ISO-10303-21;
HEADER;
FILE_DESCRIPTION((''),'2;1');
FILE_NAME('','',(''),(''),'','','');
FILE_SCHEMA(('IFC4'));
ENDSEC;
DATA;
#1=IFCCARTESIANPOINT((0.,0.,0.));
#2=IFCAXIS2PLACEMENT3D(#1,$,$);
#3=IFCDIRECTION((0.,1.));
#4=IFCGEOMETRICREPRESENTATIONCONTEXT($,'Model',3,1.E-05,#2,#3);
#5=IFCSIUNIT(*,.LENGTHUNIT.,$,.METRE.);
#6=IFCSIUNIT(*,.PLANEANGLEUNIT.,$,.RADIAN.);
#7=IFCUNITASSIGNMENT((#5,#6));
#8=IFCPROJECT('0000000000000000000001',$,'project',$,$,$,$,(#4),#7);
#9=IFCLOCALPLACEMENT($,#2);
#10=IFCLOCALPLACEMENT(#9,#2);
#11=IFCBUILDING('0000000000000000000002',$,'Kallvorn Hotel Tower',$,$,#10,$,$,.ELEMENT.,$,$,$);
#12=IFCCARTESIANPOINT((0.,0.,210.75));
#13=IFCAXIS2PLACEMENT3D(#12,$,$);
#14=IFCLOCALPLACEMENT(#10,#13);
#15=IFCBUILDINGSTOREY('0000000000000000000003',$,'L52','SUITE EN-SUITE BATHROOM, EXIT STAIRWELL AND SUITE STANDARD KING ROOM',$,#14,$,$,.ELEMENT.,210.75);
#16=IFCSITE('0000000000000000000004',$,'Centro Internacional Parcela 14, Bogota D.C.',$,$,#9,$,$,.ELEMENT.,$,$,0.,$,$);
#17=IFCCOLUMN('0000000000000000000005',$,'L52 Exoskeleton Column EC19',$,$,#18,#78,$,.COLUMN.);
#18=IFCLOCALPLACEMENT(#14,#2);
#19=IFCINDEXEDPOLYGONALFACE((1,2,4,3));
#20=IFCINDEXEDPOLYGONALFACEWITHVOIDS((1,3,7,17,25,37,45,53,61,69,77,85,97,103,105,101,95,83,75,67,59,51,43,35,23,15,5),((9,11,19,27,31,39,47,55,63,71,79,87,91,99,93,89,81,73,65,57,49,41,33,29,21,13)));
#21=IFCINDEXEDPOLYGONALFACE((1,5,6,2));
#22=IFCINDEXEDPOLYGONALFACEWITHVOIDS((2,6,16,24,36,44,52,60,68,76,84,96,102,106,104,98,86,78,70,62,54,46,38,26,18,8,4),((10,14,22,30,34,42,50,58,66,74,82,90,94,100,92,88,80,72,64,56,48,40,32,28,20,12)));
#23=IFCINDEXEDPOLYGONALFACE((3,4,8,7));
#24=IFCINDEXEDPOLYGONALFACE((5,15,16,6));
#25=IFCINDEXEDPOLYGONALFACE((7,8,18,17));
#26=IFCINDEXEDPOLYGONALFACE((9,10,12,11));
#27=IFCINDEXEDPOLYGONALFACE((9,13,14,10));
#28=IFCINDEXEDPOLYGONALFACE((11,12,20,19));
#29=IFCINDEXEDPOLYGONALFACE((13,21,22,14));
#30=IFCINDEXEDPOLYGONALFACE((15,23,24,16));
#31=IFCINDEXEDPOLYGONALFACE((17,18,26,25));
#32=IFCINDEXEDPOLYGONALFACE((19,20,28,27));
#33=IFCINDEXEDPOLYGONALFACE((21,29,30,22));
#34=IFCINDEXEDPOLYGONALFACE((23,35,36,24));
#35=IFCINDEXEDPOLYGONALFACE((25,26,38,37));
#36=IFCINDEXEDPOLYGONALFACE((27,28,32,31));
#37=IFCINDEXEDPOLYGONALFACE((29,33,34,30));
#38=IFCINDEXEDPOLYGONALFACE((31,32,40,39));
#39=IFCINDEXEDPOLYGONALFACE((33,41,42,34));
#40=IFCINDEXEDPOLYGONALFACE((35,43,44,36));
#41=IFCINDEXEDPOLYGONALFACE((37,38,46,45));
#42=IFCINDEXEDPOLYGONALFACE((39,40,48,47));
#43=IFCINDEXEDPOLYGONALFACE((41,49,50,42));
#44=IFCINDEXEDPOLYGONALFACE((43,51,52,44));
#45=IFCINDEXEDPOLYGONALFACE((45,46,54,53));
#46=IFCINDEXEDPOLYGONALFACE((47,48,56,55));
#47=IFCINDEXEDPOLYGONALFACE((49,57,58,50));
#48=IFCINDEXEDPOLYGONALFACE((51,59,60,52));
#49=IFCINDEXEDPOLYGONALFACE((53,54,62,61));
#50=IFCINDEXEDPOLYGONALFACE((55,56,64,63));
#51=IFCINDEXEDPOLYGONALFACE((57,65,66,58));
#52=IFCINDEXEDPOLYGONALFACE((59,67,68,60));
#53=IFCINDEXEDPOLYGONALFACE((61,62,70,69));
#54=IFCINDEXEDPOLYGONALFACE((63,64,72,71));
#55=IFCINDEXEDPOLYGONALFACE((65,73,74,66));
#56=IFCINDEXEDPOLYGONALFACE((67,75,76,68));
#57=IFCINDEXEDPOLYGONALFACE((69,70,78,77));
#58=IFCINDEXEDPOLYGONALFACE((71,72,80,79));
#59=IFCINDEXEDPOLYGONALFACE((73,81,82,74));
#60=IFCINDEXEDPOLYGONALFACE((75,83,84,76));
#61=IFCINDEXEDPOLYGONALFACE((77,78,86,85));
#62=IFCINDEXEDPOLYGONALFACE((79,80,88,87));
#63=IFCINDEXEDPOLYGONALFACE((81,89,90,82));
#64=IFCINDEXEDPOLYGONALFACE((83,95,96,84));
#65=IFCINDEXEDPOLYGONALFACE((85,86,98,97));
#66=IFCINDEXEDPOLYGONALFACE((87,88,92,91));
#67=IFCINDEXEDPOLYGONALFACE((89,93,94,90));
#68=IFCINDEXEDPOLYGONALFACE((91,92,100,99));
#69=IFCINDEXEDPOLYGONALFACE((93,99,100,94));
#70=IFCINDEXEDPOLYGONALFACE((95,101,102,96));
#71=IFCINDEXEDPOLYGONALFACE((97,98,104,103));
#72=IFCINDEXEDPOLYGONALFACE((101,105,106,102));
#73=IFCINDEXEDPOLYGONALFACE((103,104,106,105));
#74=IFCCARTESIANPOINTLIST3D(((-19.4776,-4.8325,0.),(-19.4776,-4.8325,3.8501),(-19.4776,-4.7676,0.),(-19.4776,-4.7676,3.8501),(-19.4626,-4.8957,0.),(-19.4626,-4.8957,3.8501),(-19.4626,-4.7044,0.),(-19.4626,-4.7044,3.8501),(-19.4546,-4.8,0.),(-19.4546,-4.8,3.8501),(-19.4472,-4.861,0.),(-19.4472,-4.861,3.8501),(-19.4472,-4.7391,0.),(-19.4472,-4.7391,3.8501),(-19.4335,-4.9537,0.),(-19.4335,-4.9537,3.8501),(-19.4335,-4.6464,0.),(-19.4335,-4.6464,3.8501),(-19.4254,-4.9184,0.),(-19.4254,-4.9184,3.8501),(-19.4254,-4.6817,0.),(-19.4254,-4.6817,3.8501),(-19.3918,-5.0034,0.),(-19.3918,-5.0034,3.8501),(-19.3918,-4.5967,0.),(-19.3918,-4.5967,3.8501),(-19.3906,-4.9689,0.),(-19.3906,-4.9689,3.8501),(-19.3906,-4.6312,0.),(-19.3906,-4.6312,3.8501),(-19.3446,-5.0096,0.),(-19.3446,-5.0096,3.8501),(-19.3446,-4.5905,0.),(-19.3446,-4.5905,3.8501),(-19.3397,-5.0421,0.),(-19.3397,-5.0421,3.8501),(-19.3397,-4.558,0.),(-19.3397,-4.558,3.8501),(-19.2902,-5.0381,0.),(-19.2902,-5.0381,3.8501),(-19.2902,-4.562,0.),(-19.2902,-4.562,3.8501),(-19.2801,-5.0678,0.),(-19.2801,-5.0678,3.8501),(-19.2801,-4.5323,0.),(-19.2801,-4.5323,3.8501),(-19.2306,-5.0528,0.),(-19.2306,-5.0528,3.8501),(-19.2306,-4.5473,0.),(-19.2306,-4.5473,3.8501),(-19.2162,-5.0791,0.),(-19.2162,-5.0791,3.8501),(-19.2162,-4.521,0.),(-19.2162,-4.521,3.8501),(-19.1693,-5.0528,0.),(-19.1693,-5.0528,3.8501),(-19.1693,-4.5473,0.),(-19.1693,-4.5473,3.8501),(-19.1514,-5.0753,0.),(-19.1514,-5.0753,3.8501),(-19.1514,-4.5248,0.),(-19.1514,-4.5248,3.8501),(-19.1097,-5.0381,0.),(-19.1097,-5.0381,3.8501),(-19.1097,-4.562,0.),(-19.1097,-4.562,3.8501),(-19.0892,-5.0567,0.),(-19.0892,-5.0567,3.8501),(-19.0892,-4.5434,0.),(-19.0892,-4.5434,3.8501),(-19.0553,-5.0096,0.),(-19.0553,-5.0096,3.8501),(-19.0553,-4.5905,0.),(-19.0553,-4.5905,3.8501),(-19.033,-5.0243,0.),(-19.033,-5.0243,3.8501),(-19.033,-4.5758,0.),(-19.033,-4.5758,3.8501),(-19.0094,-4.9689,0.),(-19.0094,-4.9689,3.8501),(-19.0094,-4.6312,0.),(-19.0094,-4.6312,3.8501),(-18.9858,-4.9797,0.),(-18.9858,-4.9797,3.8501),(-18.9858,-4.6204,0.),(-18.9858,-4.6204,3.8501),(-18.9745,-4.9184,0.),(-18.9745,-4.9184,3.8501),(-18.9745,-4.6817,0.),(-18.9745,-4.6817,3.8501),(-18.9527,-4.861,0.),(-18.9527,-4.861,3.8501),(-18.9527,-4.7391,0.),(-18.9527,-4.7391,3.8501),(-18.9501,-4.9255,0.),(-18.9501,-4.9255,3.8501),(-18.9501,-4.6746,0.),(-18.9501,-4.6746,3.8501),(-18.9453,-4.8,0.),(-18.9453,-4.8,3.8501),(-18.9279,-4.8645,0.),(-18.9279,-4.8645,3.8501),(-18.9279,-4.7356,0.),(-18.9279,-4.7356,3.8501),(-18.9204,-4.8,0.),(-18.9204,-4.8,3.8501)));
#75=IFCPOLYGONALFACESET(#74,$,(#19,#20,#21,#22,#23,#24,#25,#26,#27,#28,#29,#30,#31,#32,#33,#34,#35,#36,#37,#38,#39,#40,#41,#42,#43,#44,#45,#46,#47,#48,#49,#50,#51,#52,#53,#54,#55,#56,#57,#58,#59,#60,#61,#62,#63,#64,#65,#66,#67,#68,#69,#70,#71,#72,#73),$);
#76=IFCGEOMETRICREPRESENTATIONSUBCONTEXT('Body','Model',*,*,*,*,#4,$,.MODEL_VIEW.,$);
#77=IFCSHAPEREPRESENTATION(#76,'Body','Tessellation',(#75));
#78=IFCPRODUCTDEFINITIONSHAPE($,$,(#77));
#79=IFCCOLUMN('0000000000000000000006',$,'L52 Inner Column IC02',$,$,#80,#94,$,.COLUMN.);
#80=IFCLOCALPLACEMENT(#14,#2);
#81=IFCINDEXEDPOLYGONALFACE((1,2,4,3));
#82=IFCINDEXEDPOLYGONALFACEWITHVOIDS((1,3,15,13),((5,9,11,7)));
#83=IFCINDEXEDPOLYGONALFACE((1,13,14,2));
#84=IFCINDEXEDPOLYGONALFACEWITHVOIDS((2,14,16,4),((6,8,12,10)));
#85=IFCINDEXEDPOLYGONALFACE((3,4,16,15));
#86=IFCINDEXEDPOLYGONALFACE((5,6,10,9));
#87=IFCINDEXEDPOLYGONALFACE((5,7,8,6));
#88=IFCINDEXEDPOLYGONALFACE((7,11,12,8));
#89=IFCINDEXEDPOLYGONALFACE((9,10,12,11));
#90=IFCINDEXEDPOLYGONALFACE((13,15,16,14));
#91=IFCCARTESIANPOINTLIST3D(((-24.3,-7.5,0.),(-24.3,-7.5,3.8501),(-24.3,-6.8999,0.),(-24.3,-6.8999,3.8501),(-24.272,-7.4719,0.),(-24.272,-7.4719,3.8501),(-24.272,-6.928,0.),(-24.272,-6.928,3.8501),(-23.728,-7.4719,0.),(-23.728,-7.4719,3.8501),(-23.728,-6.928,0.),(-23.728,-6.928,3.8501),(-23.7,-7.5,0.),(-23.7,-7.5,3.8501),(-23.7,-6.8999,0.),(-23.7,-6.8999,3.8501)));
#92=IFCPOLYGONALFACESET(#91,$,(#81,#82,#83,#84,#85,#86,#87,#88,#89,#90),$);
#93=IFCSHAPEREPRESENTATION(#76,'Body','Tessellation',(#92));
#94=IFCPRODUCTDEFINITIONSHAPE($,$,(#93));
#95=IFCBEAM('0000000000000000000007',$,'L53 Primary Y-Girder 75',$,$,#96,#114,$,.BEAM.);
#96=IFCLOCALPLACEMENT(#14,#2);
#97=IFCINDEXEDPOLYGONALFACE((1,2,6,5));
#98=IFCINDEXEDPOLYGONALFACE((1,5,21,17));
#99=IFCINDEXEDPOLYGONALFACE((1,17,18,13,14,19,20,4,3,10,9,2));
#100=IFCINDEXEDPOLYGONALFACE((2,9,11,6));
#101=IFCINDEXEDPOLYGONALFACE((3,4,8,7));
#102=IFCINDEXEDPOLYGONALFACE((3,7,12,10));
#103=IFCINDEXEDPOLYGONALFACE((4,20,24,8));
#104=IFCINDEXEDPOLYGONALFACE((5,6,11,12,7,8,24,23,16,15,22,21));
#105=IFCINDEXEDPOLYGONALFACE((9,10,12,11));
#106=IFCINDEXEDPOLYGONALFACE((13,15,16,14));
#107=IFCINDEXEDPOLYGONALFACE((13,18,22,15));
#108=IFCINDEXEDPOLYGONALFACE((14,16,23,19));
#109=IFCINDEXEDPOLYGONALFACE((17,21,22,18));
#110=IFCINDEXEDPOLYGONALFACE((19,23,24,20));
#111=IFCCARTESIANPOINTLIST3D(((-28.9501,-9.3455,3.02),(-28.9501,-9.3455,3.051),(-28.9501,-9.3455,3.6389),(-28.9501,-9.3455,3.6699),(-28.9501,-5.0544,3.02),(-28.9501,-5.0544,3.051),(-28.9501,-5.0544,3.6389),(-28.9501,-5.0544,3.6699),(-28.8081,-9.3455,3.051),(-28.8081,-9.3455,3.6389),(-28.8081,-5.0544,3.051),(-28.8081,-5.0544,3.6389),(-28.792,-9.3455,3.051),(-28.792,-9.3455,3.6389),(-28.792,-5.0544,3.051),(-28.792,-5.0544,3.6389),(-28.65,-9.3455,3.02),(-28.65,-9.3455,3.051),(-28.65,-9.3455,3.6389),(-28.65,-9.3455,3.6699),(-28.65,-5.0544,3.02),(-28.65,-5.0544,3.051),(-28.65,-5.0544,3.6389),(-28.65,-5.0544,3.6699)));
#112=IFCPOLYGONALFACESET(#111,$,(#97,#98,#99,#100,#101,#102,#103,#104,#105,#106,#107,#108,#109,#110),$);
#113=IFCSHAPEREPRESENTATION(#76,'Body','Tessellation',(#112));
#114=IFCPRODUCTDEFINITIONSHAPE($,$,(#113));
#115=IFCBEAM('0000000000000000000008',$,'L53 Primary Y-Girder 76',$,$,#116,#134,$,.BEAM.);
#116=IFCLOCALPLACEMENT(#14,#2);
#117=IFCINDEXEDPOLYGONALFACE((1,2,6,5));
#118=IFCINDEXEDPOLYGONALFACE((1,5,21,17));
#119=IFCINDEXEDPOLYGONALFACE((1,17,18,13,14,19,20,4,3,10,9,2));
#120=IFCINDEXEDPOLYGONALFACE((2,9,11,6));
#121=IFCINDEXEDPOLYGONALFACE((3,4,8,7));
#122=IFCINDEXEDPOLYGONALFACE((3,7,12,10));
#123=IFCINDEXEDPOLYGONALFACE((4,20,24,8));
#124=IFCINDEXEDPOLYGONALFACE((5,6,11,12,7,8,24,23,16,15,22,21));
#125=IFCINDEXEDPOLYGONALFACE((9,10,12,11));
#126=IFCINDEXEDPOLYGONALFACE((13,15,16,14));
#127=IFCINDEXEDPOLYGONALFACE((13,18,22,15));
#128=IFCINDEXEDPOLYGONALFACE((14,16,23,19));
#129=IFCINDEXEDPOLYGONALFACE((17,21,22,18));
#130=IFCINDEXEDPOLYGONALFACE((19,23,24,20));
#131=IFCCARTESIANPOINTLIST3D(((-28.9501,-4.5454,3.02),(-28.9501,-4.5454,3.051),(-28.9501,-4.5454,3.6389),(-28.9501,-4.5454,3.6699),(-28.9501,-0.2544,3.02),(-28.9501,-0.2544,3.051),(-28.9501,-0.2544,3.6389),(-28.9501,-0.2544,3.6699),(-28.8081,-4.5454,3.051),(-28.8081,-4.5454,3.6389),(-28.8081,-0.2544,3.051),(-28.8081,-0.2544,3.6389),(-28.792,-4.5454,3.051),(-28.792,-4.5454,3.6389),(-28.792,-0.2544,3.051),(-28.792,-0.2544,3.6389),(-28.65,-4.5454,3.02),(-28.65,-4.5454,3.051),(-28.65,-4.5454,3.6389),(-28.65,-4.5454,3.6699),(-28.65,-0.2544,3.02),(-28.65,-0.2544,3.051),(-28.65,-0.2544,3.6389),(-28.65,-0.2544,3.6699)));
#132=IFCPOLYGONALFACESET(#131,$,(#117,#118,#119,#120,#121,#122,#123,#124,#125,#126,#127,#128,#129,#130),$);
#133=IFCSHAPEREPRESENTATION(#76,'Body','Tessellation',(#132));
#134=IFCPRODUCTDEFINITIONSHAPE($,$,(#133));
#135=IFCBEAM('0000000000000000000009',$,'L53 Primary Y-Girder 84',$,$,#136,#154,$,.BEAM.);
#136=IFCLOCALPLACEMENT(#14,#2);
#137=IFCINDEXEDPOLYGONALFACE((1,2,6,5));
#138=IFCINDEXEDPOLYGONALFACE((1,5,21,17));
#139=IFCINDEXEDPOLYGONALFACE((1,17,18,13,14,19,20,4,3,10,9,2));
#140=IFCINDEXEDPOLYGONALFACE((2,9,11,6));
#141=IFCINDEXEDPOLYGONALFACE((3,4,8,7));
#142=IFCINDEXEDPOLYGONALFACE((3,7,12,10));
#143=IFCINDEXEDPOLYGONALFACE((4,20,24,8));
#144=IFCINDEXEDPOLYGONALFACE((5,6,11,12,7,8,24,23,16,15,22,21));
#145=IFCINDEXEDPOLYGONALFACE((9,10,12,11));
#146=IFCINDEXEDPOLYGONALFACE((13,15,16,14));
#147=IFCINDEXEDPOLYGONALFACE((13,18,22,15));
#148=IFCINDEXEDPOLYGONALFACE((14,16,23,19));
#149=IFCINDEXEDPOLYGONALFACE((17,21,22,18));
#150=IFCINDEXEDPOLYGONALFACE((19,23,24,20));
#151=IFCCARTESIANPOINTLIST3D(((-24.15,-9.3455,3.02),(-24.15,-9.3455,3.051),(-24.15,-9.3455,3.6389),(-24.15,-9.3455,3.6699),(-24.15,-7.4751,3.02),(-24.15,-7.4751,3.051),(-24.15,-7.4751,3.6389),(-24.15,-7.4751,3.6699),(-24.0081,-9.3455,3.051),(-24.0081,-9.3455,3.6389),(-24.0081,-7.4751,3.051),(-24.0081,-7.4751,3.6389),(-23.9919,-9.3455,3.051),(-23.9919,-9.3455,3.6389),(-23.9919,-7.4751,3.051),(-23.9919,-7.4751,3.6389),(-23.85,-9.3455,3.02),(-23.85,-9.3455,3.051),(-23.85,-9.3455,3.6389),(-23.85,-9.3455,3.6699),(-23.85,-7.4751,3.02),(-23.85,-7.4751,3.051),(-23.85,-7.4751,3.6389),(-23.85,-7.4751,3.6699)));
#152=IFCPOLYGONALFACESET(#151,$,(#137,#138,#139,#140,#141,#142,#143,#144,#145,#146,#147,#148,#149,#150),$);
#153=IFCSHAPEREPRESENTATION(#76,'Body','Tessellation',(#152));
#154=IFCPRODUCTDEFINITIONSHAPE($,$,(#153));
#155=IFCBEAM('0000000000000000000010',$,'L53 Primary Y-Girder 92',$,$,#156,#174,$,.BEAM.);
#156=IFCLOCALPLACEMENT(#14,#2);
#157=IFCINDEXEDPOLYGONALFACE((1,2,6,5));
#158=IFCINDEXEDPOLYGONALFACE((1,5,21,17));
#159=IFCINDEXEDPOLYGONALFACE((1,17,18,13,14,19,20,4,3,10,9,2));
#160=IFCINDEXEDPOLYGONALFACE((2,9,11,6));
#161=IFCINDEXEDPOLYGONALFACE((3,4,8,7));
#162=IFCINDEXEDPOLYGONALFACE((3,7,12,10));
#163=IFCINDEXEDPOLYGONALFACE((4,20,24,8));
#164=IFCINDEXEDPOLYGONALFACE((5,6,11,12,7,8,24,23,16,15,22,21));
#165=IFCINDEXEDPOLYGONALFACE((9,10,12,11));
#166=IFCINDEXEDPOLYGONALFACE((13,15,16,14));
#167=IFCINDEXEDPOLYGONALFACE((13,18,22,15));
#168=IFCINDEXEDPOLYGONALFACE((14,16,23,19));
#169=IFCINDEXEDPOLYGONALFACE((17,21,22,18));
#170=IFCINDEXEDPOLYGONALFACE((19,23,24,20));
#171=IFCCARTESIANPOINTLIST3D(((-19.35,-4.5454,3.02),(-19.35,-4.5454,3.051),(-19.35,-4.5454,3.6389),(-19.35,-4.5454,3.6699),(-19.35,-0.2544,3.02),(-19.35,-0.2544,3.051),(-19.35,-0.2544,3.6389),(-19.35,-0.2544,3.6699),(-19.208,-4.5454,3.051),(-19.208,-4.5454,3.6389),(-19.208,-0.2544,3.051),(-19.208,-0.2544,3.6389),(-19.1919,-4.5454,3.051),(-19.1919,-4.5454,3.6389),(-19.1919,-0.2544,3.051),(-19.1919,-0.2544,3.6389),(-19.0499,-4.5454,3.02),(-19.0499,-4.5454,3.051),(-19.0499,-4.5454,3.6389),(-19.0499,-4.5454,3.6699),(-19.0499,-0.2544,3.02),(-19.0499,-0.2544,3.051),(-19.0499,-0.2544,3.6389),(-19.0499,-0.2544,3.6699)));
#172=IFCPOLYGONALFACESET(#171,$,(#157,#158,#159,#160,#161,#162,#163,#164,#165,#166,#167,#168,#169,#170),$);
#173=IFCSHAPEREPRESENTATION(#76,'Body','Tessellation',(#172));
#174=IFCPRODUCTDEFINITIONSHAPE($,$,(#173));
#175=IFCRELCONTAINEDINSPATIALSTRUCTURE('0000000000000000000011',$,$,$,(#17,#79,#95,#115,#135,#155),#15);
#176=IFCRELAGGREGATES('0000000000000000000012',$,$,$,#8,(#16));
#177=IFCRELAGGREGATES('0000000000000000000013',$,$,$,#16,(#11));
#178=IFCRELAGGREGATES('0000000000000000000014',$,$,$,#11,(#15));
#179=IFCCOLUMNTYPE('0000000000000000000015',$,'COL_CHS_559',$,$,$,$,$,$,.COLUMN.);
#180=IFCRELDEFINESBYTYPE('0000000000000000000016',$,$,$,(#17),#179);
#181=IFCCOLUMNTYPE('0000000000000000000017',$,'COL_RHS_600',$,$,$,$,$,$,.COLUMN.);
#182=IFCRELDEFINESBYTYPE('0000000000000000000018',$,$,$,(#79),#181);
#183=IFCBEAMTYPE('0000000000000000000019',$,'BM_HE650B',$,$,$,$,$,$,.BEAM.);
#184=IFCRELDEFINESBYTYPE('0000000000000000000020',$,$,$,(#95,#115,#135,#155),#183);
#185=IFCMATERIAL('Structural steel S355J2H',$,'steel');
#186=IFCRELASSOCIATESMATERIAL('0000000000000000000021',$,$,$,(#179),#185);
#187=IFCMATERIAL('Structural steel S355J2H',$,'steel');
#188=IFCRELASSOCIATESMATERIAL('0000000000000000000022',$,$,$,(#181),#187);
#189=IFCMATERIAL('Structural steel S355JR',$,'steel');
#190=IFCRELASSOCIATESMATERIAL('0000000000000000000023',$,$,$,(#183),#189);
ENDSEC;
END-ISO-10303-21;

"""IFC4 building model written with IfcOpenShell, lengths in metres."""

from ifc_helpers import new_model, si_unit, direction, frame, origin, origin_2d, place, context, subcontext, project, spatial, hollow_rectangle, hollow_circle, i_section, extrude, material, material_profile, profile_set, type_object, element, save


model = new_model("IFC4")

# Units and contexts
model_context = context("Model", 3, precision=1e-05, world=origin(), true_north=direction((0.0, 1.0)))
body_context = subcontext(model_context, "Body", "Model", "MODEL_VIEW")
ifc_project = project(units=[si_unit("LENGTHUNIT", "METRE"), si_unit("PLANEANGLEUNIT", "RADIAN")], contexts=[model_context])

# Site, building, storey
site_placement = place(None, origin())
site = spatial("IfcSite", under=ifc_project, at=site_placement, Name="Centro Internacional Parcela 14, Bogota D.C.", CompositionType="ELEMENT", RefElevation=0.0)
building_placement = place(site_placement, origin())
building = spatial("IfcBuilding", under=site, at=building_placement, Name="Kallvorn Hotel Tower", CompositionType="ELEMENT")
storey_placement = place(building_placement, frame((0.0, 0.0, 210.75)))
storey = spatial("IfcBuildingStorey", under=building, at=storey_placement, Name="L52", Description="SUITE EN-SUITE BATHROOM, EXIT STAIRWELL AND SUITE STANDARD KING ROOM", CompositionType="ELEMENT", Elevation=210.75)

# Columns
ifc_material_1 = material(Name="Structural steel S355J2H", Category="steel")
ifc_material_profile_1 = material_profile(ifc_material_1, hollow_circle(Radius=0.2795, WallThickness=0.0249, at=origin_2d()), Name="CHS 559x25")
ifc_profile_set_1 = profile_set([ifc_material_profile_1], Name="Structural steel S355J2H")
column_type_1 = type_object("IfcColumnType", Name="COL_CHS_559", PredefinedType="COLUMN", material=ifc_profile_set_1)
for number, where, z_axis, x_axis, name in (
    (1, (-19.2, -4.8, 0.0), (0.0, 0.0, 1.0), (1.0, 0.0, 0.0), "L52 Exoskeleton Column EC19"),
):
    element("IfcColumn", number, at=place(storey_placement, frame(where, z_axis=z_axis, x_axis=x_axis)), inside=storey, type_object=column_type_1, Name=name, PredefinedType="COLUMN", context=body_context, shape_type="SweptSolid", body=[
        extrude(hollow_circle(Radius=0.2795, WallThickness=0.0249, at=origin_2d()), origin(), (0.0, 0.0, 1.0), 3.8501),
    ])
ifc_material_2 = material(Name="Structural steel S355J2H", Category="steel")
ifc_material_profile_2 = material_profile(ifc_material_2, hollow_rectangle(XDim=0.6001, YDim=0.6001, WallThickness=0.0281, at=origin_2d()), Name="RHS 600x600x28")
ifc_profile_set_2 = profile_set([ifc_material_profile_2], Name="Structural steel S355J2H")
column_type_2 = type_object("IfcColumnType", Name="COL_RHS_600", PredefinedType="COLUMN", material=ifc_profile_set_2)
column_placement = place(storey_placement, frame((-24.0, -7.2, 0.0), z_axis=(0.0, 0.0, 1.0), x_axis=(1.0, 0.0, 0.0)))
element("IfcColumn", 2, at=column_placement, inside=storey, type_object=column_type_2, Name="L52 Inner Column IC02", PredefinedType="COLUMN", context=body_context, shape_type="SweptSolid", body=[
    extrude(hollow_rectangle(XDim=0.6001, YDim=0.6001, WallThickness=0.0281, at=origin_2d()), origin(), (0.0, 0.0, 1.0), 3.8501),
])

# Beams
ifc_material_3 = material(Name="Structural steel S355JR", Category="steel")
ifc_material_profile_3 = material_profile(ifc_material_3, i_section(OverallWidth=0.3, OverallDepth=0.6499, WebThickness=0.0161, FlangeThickness=0.031, at=origin_2d()), Name="HE 650 B")
ifc_profile_set_3 = profile_set([ifc_material_profile_3], Name="Structural steel S355JR")
beam_type_1 = type_object("IfcBeamType", Name="BM_HE650B", PredefinedType="BEAM", material=ifc_profile_set_3)
for number, where, z_axis, x_axis, name in (
    (3, (-28.8, -9.3455, 3.345), (0.0, 1.0, 0.0), (-1.0, 0.0, 0.0), "L53 Primary Y-Girder 75"),
    (4, (-28.8, -4.5454, 3.345), (0.0, 1.0, 0.0), (-1.0, 0.0, 0.0), "L53 Primary Y-Girder 76"),
):
    element("IfcBeam", number, at=place(storey_placement, frame(where, z_axis=z_axis, x_axis=x_axis)), inside=storey, type_object=beam_type_1, Name=name, PredefinedType="BEAM", context=body_context, shape_type="SweptSolid", body=[
        extrude(i_section(OverallWidth=0.3, OverallDepth=0.6499, WebThickness=0.0161, FlangeThickness=0.031, at=origin_2d()), origin(), (0.0, 0.0, 1.0), 4.291),
    ])
beam_1_placement = place(storey_placement, frame((-24.0, -9.3455, 3.345), z_axis=(0.0, 1.0, 0.0), x_axis=(-1.0, 0.0, 0.0)))
element("IfcBeam", 5, at=beam_1_placement, inside=storey, type_object=beam_type_1, Name="L53 Primary Y-Girder 84", PredefinedType="BEAM", context=body_context, shape_type="SweptSolid", body=[
    extrude(i_section(OverallWidth=0.3, OverallDepth=0.6499, WebThickness=0.0161, FlangeThickness=0.031, at=origin_2d()), origin(), (0.0, 0.0, 1.0), 1.8704),
])
beam_2_placement = place(storey_placement, frame((-19.2, -4.5454, 3.345), z_axis=(0.0, 1.0, 0.0), x_axis=(-1.0, 0.0, 0.0)))
element("IfcBeam", 6, at=beam_2_placement, inside=storey, type_object=beam_type_1, Name="L53 Primary Y-Girder 92", PredefinedType="BEAM", context=body_context, shape_type="SweptSolid", body=[
    extrude(i_section(OverallWidth=0.3, OverallDepth=0.6499, WebThickness=0.0161, FlangeThickness=0.031, at=origin_2d()), origin(), (0.0, 0.0, 1.0), 4.291),
])

save(model, "model.ifc")
